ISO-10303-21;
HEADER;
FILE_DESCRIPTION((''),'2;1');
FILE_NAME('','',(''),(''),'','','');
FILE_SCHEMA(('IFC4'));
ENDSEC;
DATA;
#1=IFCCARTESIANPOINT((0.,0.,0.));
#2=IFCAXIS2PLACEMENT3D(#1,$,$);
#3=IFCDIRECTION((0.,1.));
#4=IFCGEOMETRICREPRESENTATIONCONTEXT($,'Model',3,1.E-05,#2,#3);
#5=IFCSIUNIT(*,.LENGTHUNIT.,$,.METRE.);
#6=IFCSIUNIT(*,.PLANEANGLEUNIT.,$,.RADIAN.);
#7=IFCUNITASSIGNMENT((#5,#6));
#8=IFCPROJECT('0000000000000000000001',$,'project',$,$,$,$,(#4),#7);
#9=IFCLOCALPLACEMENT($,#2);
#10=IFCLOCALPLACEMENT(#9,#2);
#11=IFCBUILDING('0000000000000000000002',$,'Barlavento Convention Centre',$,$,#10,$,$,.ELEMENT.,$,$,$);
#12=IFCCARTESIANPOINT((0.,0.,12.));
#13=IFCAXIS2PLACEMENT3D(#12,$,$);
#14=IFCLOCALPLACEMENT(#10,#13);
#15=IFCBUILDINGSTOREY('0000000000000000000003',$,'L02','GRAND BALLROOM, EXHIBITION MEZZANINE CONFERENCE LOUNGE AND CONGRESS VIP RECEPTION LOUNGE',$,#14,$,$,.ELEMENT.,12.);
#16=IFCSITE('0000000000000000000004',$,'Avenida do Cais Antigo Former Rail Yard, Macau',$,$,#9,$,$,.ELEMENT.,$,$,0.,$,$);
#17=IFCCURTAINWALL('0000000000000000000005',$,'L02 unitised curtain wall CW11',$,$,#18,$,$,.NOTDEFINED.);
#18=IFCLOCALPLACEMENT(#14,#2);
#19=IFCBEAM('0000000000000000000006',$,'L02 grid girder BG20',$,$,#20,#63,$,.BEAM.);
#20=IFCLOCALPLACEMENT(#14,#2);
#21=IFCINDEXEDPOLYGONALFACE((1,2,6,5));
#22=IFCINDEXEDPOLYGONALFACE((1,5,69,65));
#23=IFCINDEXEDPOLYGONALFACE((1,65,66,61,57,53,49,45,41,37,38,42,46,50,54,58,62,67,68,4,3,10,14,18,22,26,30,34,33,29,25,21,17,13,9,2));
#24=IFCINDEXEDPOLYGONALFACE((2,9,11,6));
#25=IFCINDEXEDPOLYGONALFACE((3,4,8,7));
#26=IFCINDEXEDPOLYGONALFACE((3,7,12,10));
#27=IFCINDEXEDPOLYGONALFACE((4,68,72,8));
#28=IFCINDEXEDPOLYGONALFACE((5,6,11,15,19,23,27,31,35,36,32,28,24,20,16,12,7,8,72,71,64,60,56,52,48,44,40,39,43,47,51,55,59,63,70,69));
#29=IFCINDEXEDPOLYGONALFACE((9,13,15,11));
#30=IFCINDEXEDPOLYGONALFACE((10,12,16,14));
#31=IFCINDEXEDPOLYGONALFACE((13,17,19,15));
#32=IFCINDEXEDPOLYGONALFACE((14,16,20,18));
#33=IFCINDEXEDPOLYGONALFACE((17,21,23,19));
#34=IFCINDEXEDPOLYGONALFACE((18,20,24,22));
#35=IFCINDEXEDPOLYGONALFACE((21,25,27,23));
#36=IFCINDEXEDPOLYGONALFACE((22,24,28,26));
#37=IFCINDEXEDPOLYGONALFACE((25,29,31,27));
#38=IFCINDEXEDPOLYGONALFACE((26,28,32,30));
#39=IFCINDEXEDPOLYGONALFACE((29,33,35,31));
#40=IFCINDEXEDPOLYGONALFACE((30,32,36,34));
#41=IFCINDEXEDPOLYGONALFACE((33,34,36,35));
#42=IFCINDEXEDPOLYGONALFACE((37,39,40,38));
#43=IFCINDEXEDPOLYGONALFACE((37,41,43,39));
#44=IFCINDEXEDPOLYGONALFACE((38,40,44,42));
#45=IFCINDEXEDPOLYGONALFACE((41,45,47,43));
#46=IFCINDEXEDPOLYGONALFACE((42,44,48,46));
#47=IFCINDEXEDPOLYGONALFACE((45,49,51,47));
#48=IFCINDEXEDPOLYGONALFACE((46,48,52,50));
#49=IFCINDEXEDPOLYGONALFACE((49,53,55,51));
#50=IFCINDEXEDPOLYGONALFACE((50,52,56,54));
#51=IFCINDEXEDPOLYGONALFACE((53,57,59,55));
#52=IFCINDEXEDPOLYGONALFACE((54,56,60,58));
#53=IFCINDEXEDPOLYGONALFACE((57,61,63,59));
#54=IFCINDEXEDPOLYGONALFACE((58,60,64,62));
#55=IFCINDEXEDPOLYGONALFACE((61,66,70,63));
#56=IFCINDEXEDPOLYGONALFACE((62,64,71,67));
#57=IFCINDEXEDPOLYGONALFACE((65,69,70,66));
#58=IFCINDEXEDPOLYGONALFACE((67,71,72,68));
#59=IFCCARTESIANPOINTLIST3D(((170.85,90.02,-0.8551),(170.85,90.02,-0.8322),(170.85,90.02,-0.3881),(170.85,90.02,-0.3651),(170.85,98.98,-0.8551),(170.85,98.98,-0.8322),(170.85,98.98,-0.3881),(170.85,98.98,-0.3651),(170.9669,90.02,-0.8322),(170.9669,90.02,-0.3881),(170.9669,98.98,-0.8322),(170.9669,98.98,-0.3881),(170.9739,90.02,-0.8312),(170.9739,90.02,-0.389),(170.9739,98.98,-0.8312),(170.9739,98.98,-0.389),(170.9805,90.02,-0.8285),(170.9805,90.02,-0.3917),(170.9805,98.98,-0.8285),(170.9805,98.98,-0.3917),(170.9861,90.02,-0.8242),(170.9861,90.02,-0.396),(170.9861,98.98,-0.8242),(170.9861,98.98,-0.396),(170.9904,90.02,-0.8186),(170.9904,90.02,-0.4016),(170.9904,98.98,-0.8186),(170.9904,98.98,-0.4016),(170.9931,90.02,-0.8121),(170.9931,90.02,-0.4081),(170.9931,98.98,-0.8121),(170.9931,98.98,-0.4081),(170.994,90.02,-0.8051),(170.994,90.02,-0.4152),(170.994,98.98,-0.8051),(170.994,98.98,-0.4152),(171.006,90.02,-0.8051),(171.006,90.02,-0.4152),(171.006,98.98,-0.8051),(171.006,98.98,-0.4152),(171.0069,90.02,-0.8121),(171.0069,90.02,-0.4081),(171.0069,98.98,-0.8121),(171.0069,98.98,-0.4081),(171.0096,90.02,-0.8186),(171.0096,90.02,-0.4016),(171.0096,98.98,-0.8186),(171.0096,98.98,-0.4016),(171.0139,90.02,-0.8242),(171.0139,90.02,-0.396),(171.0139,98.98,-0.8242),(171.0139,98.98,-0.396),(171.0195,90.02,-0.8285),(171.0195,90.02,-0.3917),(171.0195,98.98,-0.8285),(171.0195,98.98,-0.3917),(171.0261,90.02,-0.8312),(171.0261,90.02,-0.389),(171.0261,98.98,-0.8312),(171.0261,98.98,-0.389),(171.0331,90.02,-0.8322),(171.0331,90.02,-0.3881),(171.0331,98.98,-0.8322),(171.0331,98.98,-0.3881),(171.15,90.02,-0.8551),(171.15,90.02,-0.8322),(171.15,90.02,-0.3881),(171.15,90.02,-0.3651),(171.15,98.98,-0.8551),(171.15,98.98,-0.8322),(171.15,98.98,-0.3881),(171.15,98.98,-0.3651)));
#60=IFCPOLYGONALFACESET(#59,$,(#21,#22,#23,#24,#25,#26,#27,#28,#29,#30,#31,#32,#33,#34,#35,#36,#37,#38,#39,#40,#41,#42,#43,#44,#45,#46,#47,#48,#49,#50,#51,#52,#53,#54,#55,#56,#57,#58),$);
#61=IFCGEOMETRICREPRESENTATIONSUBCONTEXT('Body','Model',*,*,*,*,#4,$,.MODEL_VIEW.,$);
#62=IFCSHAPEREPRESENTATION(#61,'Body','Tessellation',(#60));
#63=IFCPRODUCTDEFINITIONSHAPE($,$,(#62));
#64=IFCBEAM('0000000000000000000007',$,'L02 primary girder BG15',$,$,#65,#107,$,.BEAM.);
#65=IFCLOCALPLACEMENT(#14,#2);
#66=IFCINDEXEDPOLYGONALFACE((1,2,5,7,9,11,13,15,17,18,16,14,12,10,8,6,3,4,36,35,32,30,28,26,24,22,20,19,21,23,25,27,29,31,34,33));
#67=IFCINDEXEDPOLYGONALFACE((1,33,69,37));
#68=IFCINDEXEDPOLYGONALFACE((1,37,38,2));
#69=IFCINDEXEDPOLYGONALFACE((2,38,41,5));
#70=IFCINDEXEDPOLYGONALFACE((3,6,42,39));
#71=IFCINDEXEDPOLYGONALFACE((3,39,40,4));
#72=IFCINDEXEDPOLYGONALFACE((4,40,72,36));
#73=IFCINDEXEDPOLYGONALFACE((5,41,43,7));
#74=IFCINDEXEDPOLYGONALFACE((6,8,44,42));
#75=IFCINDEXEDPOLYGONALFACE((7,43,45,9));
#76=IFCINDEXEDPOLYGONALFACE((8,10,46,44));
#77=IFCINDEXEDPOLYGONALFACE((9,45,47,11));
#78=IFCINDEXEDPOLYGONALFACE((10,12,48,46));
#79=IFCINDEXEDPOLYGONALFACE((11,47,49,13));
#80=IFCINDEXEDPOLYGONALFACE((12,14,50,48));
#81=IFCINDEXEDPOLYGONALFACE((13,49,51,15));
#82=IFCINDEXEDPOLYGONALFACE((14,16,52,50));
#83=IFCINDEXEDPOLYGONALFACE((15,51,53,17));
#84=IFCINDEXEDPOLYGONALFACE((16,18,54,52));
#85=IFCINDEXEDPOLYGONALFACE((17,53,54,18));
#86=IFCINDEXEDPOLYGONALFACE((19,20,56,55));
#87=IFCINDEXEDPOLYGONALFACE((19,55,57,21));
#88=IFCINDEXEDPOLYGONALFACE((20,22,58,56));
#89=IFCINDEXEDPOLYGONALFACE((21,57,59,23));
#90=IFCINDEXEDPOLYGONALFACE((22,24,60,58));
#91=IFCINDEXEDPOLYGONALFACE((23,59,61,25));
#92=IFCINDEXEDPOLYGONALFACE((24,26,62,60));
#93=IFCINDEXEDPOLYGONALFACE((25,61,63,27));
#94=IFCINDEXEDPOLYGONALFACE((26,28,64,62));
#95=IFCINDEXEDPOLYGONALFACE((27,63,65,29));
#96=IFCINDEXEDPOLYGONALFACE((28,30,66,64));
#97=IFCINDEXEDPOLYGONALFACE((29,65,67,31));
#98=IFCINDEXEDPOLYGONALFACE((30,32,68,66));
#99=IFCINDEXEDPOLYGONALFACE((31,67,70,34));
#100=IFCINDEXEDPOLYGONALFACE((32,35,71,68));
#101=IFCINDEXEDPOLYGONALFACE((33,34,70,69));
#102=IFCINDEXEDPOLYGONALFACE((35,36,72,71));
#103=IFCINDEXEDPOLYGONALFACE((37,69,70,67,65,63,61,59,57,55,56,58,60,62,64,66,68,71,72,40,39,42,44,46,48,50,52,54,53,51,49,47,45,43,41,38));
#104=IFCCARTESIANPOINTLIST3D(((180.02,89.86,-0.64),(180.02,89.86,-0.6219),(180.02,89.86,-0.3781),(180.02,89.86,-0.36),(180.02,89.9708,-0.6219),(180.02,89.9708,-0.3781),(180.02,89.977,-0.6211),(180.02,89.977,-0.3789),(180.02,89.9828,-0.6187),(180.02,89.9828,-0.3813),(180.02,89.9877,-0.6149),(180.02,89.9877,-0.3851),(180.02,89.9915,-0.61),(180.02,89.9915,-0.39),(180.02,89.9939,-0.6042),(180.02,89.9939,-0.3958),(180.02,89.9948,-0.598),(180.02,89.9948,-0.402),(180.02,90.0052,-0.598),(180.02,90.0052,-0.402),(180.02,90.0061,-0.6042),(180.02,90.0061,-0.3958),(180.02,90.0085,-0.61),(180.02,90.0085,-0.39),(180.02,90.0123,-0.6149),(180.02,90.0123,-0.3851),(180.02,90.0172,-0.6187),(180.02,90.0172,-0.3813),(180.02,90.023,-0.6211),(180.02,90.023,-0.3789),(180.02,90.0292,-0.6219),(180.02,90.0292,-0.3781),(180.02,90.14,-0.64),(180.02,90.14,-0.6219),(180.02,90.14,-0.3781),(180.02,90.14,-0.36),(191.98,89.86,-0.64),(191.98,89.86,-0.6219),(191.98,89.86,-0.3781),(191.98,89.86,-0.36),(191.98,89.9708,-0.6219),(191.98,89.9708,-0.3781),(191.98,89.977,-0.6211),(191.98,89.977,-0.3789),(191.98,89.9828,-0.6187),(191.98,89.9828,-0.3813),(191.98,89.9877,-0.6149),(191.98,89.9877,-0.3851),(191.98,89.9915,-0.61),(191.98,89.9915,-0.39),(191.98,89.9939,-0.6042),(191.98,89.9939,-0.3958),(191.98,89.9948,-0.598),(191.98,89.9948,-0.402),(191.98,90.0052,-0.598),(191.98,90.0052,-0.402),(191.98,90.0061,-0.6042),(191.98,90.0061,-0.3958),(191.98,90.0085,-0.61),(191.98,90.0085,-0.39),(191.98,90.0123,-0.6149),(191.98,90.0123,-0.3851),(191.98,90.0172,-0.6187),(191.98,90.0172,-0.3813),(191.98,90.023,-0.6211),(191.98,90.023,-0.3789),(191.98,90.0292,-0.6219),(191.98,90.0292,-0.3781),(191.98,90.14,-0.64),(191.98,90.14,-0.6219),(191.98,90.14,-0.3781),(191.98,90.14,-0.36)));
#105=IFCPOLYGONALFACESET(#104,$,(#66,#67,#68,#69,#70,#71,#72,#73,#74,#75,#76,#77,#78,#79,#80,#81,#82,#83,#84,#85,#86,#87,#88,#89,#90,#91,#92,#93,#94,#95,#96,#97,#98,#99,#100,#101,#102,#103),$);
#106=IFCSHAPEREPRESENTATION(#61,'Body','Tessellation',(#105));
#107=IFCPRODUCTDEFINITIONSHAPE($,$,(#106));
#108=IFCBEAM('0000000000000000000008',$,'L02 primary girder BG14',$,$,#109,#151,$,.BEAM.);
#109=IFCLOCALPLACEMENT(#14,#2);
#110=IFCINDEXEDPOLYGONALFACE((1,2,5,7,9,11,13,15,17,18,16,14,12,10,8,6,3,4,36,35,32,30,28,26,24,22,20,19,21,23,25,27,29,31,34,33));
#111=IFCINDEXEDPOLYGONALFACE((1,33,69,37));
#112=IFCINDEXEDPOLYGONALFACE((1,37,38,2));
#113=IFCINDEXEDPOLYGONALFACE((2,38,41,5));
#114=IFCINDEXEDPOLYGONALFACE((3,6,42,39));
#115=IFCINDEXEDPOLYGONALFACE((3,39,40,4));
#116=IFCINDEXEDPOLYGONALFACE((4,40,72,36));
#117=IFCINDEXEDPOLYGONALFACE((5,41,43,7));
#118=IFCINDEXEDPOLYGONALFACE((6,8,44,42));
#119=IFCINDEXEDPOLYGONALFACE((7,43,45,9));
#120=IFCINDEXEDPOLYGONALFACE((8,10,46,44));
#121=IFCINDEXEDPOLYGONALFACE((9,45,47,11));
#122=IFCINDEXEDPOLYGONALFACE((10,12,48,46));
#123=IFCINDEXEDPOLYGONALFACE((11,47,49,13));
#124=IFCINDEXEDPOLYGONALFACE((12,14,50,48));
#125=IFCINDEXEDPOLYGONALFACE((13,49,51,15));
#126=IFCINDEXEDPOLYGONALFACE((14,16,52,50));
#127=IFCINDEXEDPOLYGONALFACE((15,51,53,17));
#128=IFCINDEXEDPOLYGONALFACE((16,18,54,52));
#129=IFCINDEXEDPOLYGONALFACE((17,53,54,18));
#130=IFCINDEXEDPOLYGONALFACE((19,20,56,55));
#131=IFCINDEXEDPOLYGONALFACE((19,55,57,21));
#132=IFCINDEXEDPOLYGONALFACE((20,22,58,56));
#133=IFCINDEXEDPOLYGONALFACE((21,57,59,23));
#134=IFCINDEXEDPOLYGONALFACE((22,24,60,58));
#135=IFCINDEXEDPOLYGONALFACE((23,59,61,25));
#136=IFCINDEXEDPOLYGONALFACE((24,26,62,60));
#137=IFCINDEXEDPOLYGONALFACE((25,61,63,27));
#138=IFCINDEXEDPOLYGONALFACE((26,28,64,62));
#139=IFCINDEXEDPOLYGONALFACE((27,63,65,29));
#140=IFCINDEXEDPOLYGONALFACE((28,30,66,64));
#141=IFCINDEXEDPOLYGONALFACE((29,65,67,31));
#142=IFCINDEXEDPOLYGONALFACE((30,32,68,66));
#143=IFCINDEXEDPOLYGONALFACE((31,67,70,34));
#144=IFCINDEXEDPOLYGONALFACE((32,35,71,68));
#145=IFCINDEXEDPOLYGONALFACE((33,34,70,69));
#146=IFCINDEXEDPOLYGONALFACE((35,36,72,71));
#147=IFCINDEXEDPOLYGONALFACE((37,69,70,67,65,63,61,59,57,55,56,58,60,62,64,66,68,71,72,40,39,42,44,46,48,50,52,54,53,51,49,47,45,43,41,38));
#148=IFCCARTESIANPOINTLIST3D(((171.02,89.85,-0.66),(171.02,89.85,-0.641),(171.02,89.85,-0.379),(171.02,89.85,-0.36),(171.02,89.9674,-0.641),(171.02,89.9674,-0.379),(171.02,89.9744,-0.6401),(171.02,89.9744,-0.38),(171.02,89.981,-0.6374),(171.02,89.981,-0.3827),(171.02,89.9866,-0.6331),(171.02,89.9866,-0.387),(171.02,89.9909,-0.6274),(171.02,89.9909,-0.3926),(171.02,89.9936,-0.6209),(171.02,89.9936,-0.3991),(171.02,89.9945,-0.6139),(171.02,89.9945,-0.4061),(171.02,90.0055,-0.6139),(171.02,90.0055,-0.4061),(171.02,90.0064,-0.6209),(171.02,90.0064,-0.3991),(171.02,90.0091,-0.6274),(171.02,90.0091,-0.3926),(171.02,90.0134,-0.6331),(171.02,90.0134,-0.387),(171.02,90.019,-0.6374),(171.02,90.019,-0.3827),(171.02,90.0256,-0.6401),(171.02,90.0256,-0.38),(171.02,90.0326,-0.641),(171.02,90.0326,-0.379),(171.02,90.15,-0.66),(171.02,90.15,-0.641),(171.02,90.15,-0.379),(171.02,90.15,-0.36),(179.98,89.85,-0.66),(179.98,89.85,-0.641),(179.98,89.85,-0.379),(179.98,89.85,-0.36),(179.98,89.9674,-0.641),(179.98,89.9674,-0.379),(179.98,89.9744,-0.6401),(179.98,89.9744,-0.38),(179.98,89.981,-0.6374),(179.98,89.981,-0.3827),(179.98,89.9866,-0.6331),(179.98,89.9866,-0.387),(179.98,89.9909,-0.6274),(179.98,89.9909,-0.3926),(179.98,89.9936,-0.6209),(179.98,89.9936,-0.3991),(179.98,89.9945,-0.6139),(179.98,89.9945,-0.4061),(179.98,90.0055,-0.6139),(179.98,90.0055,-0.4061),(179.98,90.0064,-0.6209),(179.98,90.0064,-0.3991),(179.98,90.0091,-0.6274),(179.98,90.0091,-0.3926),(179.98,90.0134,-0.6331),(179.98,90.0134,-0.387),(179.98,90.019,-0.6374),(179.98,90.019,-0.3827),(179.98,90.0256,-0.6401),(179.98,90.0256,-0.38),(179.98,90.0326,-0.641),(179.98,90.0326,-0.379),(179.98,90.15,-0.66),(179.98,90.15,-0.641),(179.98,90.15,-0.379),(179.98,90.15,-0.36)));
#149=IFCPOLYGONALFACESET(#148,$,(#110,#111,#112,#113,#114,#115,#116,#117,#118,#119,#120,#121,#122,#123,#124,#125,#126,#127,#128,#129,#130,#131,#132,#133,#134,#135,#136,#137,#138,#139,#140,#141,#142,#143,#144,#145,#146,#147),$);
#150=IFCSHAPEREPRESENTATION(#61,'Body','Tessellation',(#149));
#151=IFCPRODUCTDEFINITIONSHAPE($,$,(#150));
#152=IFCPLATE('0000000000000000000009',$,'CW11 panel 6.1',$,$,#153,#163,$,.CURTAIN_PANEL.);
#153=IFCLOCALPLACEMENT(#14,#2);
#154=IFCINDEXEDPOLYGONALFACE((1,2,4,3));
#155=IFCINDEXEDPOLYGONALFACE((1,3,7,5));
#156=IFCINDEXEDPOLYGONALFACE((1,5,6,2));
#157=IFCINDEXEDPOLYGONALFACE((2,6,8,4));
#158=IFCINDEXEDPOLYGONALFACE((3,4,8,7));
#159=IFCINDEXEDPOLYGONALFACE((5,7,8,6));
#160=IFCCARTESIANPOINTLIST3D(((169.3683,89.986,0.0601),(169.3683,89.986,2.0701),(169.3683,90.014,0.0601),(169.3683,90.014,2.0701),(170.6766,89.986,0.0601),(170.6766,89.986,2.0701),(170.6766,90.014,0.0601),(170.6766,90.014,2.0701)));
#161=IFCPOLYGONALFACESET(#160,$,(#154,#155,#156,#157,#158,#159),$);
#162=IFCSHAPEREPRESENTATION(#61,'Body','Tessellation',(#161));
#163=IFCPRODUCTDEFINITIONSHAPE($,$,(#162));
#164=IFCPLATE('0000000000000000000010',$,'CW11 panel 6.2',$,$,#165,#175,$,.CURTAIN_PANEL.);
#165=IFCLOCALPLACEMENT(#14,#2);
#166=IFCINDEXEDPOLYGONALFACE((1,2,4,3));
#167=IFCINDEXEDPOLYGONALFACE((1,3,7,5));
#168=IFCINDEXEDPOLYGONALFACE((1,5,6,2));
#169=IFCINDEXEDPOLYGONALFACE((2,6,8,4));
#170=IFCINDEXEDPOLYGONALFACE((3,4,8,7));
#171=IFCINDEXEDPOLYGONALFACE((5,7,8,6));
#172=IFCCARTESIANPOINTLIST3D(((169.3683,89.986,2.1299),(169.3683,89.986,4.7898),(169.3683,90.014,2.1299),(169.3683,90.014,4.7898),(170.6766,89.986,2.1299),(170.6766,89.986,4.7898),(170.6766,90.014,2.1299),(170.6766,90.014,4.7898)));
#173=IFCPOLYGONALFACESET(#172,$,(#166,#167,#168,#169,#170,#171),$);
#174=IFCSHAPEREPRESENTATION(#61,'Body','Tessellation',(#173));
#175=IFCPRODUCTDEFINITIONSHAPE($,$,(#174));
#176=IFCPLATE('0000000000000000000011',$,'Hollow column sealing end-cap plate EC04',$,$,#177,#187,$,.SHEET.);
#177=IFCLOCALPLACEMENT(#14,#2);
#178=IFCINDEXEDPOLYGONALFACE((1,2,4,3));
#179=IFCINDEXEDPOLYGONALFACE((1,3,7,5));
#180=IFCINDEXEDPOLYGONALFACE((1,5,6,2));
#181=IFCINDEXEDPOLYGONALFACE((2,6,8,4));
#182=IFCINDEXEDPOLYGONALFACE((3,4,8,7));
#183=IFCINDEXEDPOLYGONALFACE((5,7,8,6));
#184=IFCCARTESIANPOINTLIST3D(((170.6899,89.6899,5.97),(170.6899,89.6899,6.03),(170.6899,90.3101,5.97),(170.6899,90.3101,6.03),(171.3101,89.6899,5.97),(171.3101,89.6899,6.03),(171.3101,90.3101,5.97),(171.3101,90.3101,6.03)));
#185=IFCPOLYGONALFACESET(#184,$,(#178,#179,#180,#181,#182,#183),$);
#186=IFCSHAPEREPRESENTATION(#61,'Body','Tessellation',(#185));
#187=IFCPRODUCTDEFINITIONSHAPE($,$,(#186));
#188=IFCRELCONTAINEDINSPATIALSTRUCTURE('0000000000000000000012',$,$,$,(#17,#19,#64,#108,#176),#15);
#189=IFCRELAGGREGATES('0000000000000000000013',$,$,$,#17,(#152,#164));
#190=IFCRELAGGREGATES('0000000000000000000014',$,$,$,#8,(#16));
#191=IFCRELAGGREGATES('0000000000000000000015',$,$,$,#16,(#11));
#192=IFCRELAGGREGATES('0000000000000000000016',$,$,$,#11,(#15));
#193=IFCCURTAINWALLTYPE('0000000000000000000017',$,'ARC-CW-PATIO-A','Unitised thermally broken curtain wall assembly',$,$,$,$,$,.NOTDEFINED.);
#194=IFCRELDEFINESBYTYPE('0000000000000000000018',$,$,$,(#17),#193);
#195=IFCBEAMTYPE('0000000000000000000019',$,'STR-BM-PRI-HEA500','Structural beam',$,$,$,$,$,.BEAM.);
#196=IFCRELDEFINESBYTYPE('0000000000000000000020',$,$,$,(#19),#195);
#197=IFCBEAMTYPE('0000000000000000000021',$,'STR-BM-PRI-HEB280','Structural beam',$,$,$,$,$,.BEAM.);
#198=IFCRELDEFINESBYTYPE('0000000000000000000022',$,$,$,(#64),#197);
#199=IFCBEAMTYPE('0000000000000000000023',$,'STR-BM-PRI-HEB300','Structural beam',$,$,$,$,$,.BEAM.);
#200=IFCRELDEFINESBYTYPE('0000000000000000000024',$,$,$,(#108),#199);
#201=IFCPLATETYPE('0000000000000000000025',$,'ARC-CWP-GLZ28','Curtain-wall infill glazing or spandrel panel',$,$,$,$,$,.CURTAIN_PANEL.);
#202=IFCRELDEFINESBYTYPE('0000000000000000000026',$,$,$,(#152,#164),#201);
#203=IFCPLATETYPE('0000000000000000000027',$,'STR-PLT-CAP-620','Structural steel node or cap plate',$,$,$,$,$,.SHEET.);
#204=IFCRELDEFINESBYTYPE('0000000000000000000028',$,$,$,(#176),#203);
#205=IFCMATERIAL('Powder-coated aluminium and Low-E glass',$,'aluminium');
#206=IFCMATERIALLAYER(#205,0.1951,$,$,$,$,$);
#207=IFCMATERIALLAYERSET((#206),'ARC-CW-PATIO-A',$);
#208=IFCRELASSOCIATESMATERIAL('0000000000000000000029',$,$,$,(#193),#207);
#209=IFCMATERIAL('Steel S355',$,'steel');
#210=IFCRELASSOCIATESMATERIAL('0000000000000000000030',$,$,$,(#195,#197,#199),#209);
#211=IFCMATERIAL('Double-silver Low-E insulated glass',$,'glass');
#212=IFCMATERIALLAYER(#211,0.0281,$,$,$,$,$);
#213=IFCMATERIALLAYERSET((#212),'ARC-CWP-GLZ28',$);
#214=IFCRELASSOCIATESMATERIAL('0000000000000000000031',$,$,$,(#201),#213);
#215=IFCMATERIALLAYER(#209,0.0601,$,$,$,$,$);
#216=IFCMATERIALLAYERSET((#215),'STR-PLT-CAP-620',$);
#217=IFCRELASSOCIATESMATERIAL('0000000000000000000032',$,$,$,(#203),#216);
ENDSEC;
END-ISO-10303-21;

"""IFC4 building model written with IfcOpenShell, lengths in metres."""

from ifc_helpers import new_model, si_unit, direction, frame, origin, origin_2d, place, context, subcontext, project, spatial, rectangle, i_section, extrude, material, layer, layer_set, material_profile, profile_set, type_object, element, aggregate, save


model = new_model("IFC4")

# Units and contexts
model_context = context("Model", 3, precision=1e-05, world=origin(), true_north=direction((0.0, 1.0)))
body_context = subcontext(model_context, "Body", "Model", "MODEL_VIEW")
ifc_project = project(units=[si_unit("LENGTHUNIT", "METRE"), si_unit("PLANEANGLEUNIT", "RADIAN")], contexts=[model_context])

# Site, building, storey
site_placement = place(None, origin())
site = spatial("IfcSite", under=ifc_project, at=site_placement, Name="Avenida do Cais Antigo Former Rail Yard, Macau", CompositionType="ELEMENT", RefElevation=0.0)
building_placement = place(site_placement, origin())
building = spatial("IfcBuilding", under=site, at=building_placement, Name="Barlavento Convention Centre", CompositionType="ELEMENT")
storey_placement = place(building_placement, frame((0.0, 0.0, 12.0)))
storey = spatial("IfcBuildingStorey", under=building, at=storey_placement, Name="L02", Description="GRAND BALLROOM, EXHIBITION MEZZANINE CONFERENCE LOUNGE AND CONGRESS VIP RECEPTION LOUNGE", CompositionType="ELEMENT", Elevation=12.0)

# Shared definitions
ifc_material_1 = material(Name="Steel S355", Category="steel")

# Curtain wall
ifc_material_2 = material(Name="Powder-coated aluminium and Low-E glass", Category="aluminium")
ifc_layer_1 = layer(ifc_material_2, 0.1951)
ifc_layer_set_1 = layer_set([ifc_layer_1], Name="ARC-CW-PATIO-A")
curtain_wall_type = type_object("IfcCurtainWallType", Name="ARC-CW-PATIO-A", Description="Unitised thermally broken curtain wall assembly", PredefinedType="NOTDEFINED", material=ifc_layer_set_1)
curtain_wall_placement = place(storey_placement, origin())
curtain_wall = element("IfcCurtainWall", 1, at=curtain_wall_placement, inside=storey, type_object=curtain_wall_type, Name="L02 unitised curtain wall CW11", PredefinedType="NOTDEFINED")

# Beams
ifc_material_profile_1 = material_profile(ifc_material_1, i_section(OverallWidth=0.3, OverallDepth=0.49, WebThickness=0.012, FlangeThickness=0.0229, FilletRadius=0.0271, at=origin_2d()), Name="HEA 500")
ifc_profile_set_1 = profile_set([ifc_material_profile_1], Name="Steel S355")
beam_type_1 = type_object("IfcBeamType", Name="STR-BM-PRI-HEA500", Description="Structural beam", PredefinedType="BEAM", material=ifc_profile_set_1)
beam_1_placement = place(storey_placement, frame((171.0, 90.02, -0.6101), z_axis=(0.0, 1.0, 0.0), x_axis=(-1.0, 0.0, 0.0)))
element("IfcBeam", 2, at=beam_1_placement, inside=storey, type_object=beam_type_1, Name="L02 grid girder BG20", PredefinedType="BEAM", context=body_context, shape_type="SweptSolid", body=[
    extrude(i_section(OverallWidth=0.3, OverallDepth=0.49, WebThickness=0.012, FlangeThickness=0.0229, FilletRadius=0.0271, at=origin_2d()), origin(), (0.0, 0.0, 1.0), 8.96),
])
ifc_material_profile_2 = material_profile(ifc_material_1, i_section(OverallWidth=0.28, OverallDepth=0.28, WebThickness=0.0105, FlangeThickness=0.0181, FilletRadius=0.0239, at=origin_2d()), Name="HEB 280")
ifc_profile_set_2 = profile_set([ifc_material_profile_2], Name="Steel S355")
beam_type_2 = type_object("IfcBeamType", Name="STR-BM-PRI-HEB280", Description="Structural beam", PredefinedType="BEAM", material=ifc_profile_set_2)
beam_2_placement = place(storey_placement, frame((180.02, 90.0, -0.5), z_axis=(1.0, 0.0, 0.0), x_axis=(0.0, 1.0, 0.0)))
element("IfcBeam", 3, at=beam_2_placement, inside=storey, type_object=beam_type_2, Name="L02 primary girder BG15", PredefinedType="BEAM", context=body_context, shape_type="SweptSolid", body=[
    extrude(i_section(OverallWidth=0.28, OverallDepth=0.28, WebThickness=0.0105, FlangeThickness=0.0181, FilletRadius=0.0239, at=origin_2d()), origin(), (0.0, 0.0, 1.0), 11.96),
])
ifc_material_profile_3 = material_profile(ifc_material_1, i_section(OverallWidth=0.3, OverallDepth=0.3, WebThickness=0.011, FlangeThickness=0.019, FilletRadius=0.0271, at=origin_2d()), Name="HEB 300")
ifc_profile_set_3 = profile_set([ifc_material_profile_3], Name="Steel S355")
beam_type_3 = type_object("IfcBeamType", Name="STR-BM-PRI-HEB300", Description="Structural beam", PredefinedType="BEAM", material=ifc_profile_set_3)
beam_3_placement = place(storey_placement, frame((171.02, 90.0, -0.51), z_axis=(1.0, 0.0, 0.0), x_axis=(0.0, 1.0, 0.0)))
element("IfcBeam", 4, at=beam_3_placement, inside=storey, type_object=beam_type_3, Name="L02 primary girder BG14", PredefinedType="BEAM", context=body_context, shape_type="SweptSolid", body=[
    extrude(i_section(OverallWidth=0.3, OverallDepth=0.3, WebThickness=0.011, FlangeThickness=0.019, FilletRadius=0.0271, at=origin_2d()), origin(), (0.0, 0.0, 1.0), 8.96),
])

# Plates
ifc_material_3 = material(Name="Double-silver Low-E insulated glass", Category="glass")
ifc_layer_2 = layer(ifc_material_3, 0.0281)
ifc_layer_set_2 = layer_set([ifc_layer_2], Name="ARC-CWP-GLZ28")
plate_type_1 = type_object("IfcPlateType", Name="ARC-CWP-GLZ28", Description="Curtain-wall infill glazing or spandrel panel", PredefinedType="CURTAIN_PANEL", material=ifc_layer_set_2)
plate_1_placement = place(storey_placement, frame((170.0225, 90.0, 0.0601), z_axis=(0.0, 0.0, 1.0), x_axis=(1.0, 0.0, 0.0)))
plate_1 = element("IfcPlate", 5, at=plate_1_placement, type_object=plate_type_1, Name="CW11 panel 6.1", PredefinedType="CURTAIN_PANEL", context=body_context, shape_type="SweptSolid", body=[
    extrude(rectangle(XDim=1.3083, YDim=0.0281, at=origin_2d()), origin(), (0.0, 0.0, 1.0), 2.01),
])
plate_2_placement = place(storey_placement, frame((170.0225, 90.0, 2.1299), z_axis=(0.0, 0.0, 1.0), x_axis=(1.0, 0.0, 0.0)))
plate_2 = element("IfcPlate", 6, at=plate_2_placement, type_object=plate_type_1, Name="CW11 panel 6.2", PredefinedType="CURTAIN_PANEL", context=body_context, shape_type="SweptSolid", body=[
    extrude(rectangle(XDim=1.3083, YDim=0.0281, at=origin_2d()), origin(), (0.0, 0.0, 1.0), 2.6599),
])
aggregate(curtain_wall, [plate_1, plate_2])
ifc_layer_3 = layer(ifc_material_1, 0.0601)
ifc_layer_set_3 = layer_set([ifc_layer_3], Name="STR-PLT-CAP-620")
plate_type_2 = type_object("IfcPlateType", Name="STR-PLT-CAP-620", Description="Structural steel node or cap plate", PredefinedType="SHEET", material=ifc_layer_set_3)
plate_3_placement = place(storey_placement, frame((171.0, 90.0, 5.97), z_axis=(0.0, 0.0, 1.0), x_axis=(1.0, 0.0, 0.0)))
element("IfcPlate", 7, at=plate_3_placement, inside=storey, type_object=plate_type_2, Name="Hollow column sealing end-cap plate EC04", PredefinedType="SHEET", context=body_context, shape_type="SweptSolid", body=[
    extrude(rectangle(XDim=0.6201, YDim=0.6201, at=origin_2d()), origin(), (0.0, 0.0, 1.0), 0.0601),
])

save(model, "model.ifc")
